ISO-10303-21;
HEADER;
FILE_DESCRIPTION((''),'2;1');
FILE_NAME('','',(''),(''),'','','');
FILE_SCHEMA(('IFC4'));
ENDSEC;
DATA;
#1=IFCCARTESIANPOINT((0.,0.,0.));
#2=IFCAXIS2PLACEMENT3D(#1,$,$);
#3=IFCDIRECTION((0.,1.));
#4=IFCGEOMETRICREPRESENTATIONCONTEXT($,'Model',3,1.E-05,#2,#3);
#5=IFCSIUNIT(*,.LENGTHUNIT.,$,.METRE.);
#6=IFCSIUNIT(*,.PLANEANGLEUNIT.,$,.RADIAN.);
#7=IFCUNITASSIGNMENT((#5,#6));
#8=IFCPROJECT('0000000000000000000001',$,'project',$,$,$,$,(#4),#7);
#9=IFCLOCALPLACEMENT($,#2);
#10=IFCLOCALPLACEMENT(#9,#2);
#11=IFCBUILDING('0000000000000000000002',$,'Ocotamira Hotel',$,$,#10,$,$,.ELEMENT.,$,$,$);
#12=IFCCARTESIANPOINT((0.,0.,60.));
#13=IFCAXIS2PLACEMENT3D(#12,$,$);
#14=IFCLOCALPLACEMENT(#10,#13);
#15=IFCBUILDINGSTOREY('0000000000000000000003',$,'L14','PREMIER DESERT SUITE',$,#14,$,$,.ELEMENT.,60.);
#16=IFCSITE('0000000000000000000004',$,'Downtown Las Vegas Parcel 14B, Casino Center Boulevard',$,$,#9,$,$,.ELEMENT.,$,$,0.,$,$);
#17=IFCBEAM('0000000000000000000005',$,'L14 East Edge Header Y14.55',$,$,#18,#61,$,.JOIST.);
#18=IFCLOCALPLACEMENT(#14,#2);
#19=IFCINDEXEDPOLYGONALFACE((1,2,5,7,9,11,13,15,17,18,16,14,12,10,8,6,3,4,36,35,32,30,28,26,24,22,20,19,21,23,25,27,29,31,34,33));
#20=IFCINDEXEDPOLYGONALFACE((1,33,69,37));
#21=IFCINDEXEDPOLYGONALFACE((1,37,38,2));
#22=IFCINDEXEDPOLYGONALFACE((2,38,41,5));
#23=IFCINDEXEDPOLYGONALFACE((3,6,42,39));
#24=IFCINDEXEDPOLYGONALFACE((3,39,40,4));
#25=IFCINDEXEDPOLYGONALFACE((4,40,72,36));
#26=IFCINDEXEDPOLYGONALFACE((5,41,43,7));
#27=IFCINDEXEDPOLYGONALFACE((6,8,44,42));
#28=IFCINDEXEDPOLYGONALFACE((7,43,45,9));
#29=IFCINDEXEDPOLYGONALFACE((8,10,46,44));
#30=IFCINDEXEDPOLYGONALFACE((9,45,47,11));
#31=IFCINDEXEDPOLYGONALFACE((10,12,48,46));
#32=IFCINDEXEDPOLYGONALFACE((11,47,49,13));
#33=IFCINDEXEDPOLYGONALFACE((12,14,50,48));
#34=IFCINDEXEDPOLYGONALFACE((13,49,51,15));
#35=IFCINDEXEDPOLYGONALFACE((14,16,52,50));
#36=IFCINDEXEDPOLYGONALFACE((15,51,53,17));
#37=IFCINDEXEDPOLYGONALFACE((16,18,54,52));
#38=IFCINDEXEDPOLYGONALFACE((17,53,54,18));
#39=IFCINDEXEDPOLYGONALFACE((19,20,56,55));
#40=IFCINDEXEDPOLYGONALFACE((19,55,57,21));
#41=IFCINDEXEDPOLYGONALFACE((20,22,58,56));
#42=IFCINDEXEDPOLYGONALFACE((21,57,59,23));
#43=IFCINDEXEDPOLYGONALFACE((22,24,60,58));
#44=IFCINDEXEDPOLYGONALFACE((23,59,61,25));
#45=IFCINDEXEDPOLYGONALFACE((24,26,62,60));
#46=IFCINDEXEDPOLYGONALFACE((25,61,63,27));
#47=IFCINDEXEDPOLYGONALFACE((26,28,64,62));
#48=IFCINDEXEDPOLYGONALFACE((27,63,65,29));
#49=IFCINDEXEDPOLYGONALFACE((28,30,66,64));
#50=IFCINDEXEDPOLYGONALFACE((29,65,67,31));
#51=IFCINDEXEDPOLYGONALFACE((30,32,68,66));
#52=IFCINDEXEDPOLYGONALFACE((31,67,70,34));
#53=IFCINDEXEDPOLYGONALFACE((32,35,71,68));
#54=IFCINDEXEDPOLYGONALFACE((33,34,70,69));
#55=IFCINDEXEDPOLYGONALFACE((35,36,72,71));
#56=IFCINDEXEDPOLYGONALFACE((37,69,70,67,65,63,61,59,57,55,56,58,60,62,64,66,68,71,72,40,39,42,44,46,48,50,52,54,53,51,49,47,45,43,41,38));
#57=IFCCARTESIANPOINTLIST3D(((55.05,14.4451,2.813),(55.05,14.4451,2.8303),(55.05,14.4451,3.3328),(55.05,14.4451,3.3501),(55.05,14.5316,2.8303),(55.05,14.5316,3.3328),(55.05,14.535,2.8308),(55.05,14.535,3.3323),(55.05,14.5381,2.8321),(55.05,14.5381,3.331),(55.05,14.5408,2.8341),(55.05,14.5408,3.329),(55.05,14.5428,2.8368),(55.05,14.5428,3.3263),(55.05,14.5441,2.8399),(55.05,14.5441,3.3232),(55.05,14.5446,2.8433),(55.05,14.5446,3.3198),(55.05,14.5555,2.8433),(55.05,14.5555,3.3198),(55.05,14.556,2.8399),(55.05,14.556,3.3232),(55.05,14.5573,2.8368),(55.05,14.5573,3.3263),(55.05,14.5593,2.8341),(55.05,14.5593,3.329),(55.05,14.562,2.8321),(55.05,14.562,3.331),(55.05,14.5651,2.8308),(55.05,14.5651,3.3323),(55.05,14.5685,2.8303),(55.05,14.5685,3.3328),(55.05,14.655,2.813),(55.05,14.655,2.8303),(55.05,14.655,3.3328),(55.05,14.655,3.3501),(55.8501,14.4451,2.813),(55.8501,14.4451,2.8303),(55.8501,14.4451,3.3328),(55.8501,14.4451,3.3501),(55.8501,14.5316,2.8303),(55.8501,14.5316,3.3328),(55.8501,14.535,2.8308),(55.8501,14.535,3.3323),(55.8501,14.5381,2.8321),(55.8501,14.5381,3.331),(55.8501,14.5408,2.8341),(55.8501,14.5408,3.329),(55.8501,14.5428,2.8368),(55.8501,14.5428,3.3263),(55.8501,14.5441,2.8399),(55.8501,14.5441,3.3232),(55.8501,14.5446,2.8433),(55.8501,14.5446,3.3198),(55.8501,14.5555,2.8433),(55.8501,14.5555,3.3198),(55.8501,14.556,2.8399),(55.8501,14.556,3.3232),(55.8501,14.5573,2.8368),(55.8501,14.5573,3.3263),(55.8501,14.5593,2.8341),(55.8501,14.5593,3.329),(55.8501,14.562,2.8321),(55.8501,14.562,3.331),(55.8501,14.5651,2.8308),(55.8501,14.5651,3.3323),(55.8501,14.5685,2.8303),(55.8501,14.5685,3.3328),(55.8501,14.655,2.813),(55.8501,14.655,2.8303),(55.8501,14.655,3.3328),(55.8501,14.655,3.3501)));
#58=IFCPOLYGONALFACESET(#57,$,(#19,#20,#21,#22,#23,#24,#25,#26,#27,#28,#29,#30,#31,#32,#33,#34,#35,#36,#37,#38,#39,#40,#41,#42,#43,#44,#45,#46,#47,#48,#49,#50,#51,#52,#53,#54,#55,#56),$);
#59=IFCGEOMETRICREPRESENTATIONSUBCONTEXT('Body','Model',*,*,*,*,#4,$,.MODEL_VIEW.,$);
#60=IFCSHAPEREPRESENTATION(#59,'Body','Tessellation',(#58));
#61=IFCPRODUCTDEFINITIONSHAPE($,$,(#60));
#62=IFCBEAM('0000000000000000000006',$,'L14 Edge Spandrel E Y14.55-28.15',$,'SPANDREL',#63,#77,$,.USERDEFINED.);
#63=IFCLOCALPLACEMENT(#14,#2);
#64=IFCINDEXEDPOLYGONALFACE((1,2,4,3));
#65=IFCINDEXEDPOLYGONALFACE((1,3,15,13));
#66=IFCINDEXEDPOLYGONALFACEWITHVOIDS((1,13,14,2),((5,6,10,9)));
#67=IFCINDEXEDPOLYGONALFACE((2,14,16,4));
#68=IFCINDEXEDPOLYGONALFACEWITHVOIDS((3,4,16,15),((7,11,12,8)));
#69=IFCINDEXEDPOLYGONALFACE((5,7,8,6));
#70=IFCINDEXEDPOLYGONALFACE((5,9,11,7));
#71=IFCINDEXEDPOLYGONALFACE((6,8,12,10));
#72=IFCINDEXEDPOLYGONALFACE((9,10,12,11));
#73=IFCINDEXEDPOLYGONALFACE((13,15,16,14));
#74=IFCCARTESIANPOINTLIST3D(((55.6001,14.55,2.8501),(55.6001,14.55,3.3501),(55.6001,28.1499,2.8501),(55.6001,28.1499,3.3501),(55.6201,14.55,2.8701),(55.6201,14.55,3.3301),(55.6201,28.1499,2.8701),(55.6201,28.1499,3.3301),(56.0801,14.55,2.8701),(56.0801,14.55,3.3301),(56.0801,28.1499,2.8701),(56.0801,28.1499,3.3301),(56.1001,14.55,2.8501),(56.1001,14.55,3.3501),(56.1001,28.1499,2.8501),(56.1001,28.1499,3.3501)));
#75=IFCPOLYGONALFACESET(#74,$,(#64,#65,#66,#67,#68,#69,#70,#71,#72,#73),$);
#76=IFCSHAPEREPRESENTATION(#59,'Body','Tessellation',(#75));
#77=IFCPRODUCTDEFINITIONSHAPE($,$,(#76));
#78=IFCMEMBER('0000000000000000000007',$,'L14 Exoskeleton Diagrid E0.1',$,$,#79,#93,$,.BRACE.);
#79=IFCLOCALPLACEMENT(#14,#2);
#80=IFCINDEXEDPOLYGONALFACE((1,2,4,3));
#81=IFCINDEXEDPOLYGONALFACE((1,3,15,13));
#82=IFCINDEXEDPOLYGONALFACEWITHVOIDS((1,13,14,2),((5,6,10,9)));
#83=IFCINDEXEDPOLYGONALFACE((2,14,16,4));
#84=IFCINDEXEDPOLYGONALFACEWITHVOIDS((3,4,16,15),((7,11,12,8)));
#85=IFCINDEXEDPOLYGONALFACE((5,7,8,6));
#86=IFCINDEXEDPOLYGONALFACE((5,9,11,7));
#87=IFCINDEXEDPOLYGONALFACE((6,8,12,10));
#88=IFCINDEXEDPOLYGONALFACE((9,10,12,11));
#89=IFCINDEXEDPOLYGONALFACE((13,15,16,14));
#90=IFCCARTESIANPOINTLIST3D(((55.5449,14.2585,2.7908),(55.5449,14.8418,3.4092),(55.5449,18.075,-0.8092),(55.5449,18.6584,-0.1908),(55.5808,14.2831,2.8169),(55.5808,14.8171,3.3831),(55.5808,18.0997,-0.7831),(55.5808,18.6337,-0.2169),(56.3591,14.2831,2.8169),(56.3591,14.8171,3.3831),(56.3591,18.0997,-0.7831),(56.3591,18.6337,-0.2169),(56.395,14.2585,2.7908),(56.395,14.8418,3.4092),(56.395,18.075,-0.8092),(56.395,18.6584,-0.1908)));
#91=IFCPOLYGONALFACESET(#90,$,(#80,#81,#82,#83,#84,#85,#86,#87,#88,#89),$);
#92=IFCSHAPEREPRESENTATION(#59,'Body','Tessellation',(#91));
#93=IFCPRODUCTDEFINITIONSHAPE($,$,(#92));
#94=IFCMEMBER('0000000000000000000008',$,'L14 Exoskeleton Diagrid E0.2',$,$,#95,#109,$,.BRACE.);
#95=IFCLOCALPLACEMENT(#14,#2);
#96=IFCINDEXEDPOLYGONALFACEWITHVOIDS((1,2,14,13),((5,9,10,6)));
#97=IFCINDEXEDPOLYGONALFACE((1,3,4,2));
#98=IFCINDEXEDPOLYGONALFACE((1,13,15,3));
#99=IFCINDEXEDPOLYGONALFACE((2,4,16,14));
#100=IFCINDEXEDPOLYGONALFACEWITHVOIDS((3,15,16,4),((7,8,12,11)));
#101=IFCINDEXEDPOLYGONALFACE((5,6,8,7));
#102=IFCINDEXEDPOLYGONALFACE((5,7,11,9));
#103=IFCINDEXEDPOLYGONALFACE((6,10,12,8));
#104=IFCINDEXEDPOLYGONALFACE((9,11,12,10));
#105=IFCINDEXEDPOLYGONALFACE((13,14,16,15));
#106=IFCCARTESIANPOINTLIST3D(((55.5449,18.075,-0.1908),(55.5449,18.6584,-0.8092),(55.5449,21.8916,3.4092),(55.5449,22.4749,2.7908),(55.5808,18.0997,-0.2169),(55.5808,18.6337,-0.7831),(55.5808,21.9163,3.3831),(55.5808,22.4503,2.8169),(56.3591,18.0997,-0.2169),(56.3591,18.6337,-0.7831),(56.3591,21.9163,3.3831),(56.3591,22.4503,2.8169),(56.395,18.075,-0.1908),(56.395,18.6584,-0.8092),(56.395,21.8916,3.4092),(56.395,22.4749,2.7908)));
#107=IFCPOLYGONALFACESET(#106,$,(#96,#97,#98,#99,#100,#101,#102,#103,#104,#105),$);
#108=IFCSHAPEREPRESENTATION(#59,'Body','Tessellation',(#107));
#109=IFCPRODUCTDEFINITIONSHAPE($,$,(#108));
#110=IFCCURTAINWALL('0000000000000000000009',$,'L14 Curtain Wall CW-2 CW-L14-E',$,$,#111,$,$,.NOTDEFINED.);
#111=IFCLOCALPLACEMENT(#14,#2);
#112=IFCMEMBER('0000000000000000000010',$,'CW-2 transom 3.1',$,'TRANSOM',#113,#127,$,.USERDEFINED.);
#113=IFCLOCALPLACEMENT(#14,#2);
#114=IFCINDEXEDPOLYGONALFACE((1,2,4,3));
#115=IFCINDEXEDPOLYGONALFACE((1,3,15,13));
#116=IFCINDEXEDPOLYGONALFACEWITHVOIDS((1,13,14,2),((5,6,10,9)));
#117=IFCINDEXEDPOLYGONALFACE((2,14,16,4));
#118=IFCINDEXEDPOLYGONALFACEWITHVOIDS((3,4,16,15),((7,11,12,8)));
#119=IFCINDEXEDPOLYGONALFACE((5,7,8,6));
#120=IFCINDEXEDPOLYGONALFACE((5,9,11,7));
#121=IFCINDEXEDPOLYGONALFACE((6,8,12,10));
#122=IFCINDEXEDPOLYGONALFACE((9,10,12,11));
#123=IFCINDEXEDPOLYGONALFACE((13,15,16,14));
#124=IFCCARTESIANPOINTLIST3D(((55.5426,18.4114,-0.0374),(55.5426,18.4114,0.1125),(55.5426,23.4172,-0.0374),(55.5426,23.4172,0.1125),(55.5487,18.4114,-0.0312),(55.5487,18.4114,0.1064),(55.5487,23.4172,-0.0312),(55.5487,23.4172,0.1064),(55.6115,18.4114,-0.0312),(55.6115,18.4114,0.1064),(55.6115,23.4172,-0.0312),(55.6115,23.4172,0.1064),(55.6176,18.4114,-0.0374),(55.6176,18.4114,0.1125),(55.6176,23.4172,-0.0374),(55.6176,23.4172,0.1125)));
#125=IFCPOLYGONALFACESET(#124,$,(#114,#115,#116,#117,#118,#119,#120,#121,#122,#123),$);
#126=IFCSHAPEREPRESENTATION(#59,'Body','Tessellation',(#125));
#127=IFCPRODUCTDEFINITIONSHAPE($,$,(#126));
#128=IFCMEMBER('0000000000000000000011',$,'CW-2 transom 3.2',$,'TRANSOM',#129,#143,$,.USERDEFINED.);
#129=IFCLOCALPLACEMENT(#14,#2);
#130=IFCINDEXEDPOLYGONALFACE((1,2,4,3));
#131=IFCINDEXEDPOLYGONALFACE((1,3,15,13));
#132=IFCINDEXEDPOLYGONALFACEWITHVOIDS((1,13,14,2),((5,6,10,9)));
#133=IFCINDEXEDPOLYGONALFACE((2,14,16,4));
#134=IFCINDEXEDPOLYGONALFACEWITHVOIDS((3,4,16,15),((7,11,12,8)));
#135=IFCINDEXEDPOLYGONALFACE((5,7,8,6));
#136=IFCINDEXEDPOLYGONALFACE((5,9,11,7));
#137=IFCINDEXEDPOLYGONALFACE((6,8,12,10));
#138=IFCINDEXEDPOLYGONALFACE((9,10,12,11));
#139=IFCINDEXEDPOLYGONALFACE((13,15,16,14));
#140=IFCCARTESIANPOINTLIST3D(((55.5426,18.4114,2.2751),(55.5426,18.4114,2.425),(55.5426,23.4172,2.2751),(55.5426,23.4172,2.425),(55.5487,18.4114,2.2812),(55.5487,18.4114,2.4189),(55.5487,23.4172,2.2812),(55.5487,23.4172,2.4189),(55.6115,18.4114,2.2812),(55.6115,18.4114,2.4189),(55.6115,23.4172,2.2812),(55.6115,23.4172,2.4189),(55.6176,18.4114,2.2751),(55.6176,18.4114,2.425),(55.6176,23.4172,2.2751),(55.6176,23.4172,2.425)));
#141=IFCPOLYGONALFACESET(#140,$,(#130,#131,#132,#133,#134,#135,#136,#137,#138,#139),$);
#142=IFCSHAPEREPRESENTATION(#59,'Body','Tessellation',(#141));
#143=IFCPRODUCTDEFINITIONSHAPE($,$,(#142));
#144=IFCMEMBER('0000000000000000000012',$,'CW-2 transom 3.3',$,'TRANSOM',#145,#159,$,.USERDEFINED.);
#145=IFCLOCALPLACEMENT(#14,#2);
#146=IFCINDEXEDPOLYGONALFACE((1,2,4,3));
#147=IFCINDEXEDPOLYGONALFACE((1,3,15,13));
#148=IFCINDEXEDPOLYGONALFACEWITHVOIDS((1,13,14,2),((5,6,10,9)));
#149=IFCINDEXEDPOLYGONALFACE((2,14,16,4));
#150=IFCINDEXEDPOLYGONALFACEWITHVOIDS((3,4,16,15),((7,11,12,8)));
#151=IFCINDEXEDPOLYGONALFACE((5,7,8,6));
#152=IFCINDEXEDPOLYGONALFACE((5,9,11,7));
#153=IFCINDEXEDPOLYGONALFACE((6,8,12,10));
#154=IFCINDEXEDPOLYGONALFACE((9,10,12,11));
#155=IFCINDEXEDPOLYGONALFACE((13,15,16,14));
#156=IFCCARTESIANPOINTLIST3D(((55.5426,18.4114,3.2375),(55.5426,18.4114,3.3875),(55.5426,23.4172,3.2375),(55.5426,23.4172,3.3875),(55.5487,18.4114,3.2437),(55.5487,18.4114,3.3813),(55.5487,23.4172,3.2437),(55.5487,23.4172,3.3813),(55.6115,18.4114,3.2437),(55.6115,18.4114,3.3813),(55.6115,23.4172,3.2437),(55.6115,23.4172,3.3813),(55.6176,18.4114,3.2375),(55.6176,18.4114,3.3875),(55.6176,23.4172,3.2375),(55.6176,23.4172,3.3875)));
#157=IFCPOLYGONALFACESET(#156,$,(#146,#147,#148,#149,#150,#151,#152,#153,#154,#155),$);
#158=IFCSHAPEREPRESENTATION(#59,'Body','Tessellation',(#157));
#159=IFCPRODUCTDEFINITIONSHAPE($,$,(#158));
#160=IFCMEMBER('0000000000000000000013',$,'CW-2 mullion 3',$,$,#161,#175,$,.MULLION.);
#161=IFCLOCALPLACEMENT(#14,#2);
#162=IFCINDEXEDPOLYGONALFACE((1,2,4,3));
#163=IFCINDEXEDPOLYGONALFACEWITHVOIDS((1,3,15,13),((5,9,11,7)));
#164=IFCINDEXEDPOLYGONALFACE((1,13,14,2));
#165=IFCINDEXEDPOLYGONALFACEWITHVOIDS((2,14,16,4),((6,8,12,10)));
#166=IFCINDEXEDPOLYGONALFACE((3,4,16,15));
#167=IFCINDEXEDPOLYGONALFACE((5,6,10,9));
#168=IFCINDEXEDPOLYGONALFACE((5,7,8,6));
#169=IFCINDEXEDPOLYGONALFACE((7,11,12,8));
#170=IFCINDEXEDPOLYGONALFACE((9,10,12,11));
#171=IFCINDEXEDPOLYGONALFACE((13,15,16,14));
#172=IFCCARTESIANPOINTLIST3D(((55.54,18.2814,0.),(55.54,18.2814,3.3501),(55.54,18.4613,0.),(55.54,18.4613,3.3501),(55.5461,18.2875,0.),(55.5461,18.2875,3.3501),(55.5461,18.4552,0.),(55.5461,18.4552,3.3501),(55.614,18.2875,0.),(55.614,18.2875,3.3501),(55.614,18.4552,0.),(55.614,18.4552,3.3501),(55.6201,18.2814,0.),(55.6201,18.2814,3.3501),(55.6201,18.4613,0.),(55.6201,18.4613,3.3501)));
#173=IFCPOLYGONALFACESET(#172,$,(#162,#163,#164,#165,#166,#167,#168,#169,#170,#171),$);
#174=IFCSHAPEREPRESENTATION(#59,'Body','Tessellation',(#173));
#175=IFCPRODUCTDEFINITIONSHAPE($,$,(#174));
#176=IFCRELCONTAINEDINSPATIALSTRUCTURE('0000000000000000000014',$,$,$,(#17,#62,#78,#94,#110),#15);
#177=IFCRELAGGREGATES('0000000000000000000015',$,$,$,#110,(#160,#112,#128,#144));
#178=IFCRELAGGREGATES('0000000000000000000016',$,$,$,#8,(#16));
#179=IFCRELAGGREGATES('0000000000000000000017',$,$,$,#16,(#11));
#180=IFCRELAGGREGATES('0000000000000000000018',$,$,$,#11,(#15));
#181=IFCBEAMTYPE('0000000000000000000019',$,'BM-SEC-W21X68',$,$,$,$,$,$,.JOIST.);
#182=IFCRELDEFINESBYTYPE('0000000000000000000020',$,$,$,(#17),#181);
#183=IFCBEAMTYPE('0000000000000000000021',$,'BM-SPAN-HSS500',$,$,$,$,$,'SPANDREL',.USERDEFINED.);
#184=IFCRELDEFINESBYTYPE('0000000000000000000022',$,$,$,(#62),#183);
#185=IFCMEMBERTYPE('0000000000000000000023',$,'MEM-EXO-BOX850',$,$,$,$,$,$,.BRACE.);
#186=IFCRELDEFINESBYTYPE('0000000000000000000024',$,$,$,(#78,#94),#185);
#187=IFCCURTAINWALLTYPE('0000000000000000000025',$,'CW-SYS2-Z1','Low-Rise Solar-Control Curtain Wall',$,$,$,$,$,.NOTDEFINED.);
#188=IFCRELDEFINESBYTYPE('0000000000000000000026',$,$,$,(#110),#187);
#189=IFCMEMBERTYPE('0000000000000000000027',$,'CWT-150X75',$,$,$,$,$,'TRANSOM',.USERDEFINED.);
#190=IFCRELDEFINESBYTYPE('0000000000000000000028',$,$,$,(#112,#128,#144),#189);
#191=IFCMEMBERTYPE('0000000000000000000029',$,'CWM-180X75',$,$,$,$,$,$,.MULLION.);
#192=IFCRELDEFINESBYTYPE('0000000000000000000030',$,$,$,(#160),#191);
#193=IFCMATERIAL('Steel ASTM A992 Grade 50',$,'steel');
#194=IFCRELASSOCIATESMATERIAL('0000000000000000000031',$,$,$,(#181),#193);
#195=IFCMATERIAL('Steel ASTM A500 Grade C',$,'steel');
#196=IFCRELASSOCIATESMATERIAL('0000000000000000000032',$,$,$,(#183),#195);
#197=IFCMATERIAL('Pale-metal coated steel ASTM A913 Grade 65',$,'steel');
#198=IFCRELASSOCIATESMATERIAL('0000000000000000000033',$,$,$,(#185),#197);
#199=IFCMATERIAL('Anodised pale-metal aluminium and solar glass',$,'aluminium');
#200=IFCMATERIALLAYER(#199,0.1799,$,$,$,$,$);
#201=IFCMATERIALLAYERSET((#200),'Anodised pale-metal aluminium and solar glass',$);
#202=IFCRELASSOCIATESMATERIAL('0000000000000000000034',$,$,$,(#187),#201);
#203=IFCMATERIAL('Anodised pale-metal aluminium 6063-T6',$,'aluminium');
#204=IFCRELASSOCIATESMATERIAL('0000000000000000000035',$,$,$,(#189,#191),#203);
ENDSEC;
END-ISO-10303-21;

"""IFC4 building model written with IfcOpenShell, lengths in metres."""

from ifc_helpers import new_model, si_unit, direction, frame, origin, origin_2d, place, context, subcontext, project, spatial, hollow_rectangle, i_section, extrude, source, transform, mapped, material, layer, layer_set, material_profile, profile_set, type_object, element, aggregate, save


model = new_model("IFC4")

# Units and contexts
model_context = context("Model", 3, precision=1e-05, world=origin(), true_north=direction((0.0, 1.0)))
body_context = subcontext(model_context, "Body", "Model", "MODEL_VIEW")
ifc_project = project(units=[si_unit("LENGTHUNIT", "METRE"), si_unit("PLANEANGLEUNIT", "RADIAN")], contexts=[model_context])

# Site, building, storey
site_placement = place(None, origin())
site = spatial("IfcSite", under=ifc_project, at=site_placement, Name="Downtown Las Vegas Parcel 14B, Casino Center Boulevard", CompositionType="ELEMENT", RefElevation=0.0)
building_placement = place(site_placement, origin())
building = spatial("IfcBuilding", under=site, at=building_placement, Name="Ocotamira Hotel", CompositionType="ELEMENT")
storey_placement = place(building_placement, frame((0.0, 0.0, 60.0)))
storey = spatial("IfcBuildingStorey", under=building, at=storey_placement, Name="L14", Description="PREMIER DESERT SUITE", CompositionType="ELEMENT", Elevation=60.0)

# Beams
ifc_material_1 = material(Name="Steel ASTM A992 Grade 50", Category="steel")
ifc_material_profile_1 = material_profile(ifc_material_1, i_section(OverallWidth=0.21, OverallDepth=0.5371, WebThickness=0.011, FlangeThickness=0.0173, FilletRadius=0.0129, at=origin_2d()), Name="W21X68")
ifc_profile_set_1 = profile_set([ifc_material_profile_1], Name="Steel ASTM A992 Grade 50")
beam_type_1 = type_object("IfcBeamType", Name="BM-SEC-W21X68", PredefinedType="JOIST", material=ifc_profile_set_1)
shared_shape_1 = source(origin(), body_context, "Body", "SweptSolid", [
    extrude(i_section(OverallWidth=0.21, OverallDepth=0.5371, WebThickness=0.011, FlangeThickness=0.0173, FilletRadius=0.0129, at=origin_2d()), origin(), (0.0, 0.0, 1.0), 0.8),
])
beam_1_placement = place(storey_placement, frame((55.05, 14.55, 3.0815), z_axis=(1.0, 0.0, 0.0), x_axis=(0.0, 1.0, 0.0)))
element("IfcBeam", 1, at=beam_1_placement, inside=storey, type_object=beam_type_1, Name="L14 East Edge Header Y14.55", PredefinedType="JOIST", context=body_context, shape_type="MappedRepresentation", body=[
    mapped(shared_shape_1, transform((0.0, 0.0, 0.0), scale=1.0)),
])
ifc_material_2 = material(Name="Steel ASTM A500 Grade C", Category="steel")
ifc_material_profile_2 = material_profile(ifc_material_2, hollow_rectangle(XDim=0.5, YDim=0.5, WallThickness=0.02, at=origin_2d()), Name="HSS500X500X20")
ifc_profile_set_2 = profile_set([ifc_material_profile_2], Name="Steel ASTM A500 Grade C")
beam_type_2 = type_object("IfcBeamType", Name="BM-SPAN-HSS500", ElementType="SPANDREL", PredefinedType="USERDEFINED", material=ifc_profile_set_2)
shared_shape_2 = source(origin(), body_context, "Body", "SweptSolid", [
    extrude(hollow_rectangle(XDim=0.5, YDim=0.5, WallThickness=0.02, at=origin_2d()), origin(), (0.0, 0.0, 1.0), 13.5999),
])
beam_2_placement = place(storey_placement, frame((55.8501, 14.55, 3.1001), z_axis=(0.0, 1.0, 0.0), x_axis=(-1.0, 0.0, 0.0)))
element("IfcBeam", 2, at=beam_2_placement, inside=storey, type_object=beam_type_2, Name="L14 Edge Spandrel E Y14.55-28.15", ObjectType="SPANDREL", PredefinedType="USERDEFINED", context=body_context, shape_type="MappedRepresentation", body=[
    mapped(shared_shape_2, transform((0.0, 0.0, 0.0), scale=1.0)),
])

# Members
ifc_material_3 = material(Name="Pale-metal coated steel ASTM A913 Grade 65", Category="steel")
ifc_material_profile_3 = material_profile(ifc_material_3, hollow_rectangle(XDim=0.8501, YDim=0.8501, WallThickness=0.0359, at=origin_2d()), Name="BOX850X850X36")
ifc_profile_set_3 = profile_set([ifc_material_profile_3], Name="Pale-metal coated steel ASTM A913 Grade 65")
member_type_1 = type_object("IfcMemberType", Name="MEM-EXO-BOX850", PredefinedType="BRACE", material=ifc_profile_set_3)
shared_shape_3 = source(origin(), body_context, "Body", "SweptSolid", [
    extrude(hollow_rectangle(XDim=0.8501, YDim=0.8501, WallThickness=0.0359, at=origin_2d()), origin(), (0.0, 0.0, 1.0), 5.2466),
])
for number, where, z_axis, x_axis, name in (
    (3, (55.97, 18.3667, -0.5), (0.0, -0.727443, 0.686168), (1.0, 0.0, 0.0), "L14 Exoskeleton Diagrid E0.1"),
    (4, (55.97, 18.3667, -0.5), (0.0, 0.727443, 0.686168), (-1.0, 0.0, 0.0), "L14 Exoskeleton Diagrid E0.2"),
):
    element("IfcMember", number, at=place(storey_placement, frame(where, z_axis=z_axis, x_axis=x_axis)), inside=storey, type_object=member_type_1, Name=name, PredefinedType="BRACE", context=body_context, shape_type="MappedRepresentation", body=[
        mapped(shared_shape_3, transform((0.0, 0.0, 0.0), scale=1.0)),
    ])

# Curtain wall, members
ifc_material_4 = material(Name="Anodised pale-metal aluminium and solar glass", Category="aluminium")
ifc_layer_1 = layer(ifc_material_4, 0.1799)
ifc_layer_set_1 = layer_set([ifc_layer_1], Name="Anodised pale-metal aluminium and solar glass")
curtain_wall_type = type_object("IfcCurtainWallType", Name="CW-SYS2-Z1", Description="Low-Rise Solar-Control Curtain Wall", PredefinedType="NOTDEFINED", material=ifc_layer_set_1)
curtain_wall_placement = place(storey_placement, origin())
curtain_wall = element("IfcCurtainWall", 5, at=curtain_wall_placement, inside=storey, type_object=curtain_wall_type, Name="L14 Curtain Wall CW-2 CW-L14-E", PredefinedType="NOTDEFINED")
ifc_material_5 = material(Name="Anodised pale-metal aluminium 6063-T6", Category="aluminium")
ifc_material_profile_4 = material_profile(ifc_material_5, hollow_rectangle(XDim=0.075, YDim=0.1499, WallThickness=0.0061, at=origin_2d()), Name="HSS150X75X6")
ifc_profile_set_4 = profile_set([ifc_material_profile_4], Name="Anodised pale-metal aluminium 6063-T6")
member_type_2 = type_object("IfcMemberType", Name="CWT-150X75", ElementType="TRANSOM", PredefinedType="USERDEFINED", material=ifc_profile_set_4)
shared_shape_4 = source(origin(), body_context, "Body", "SweptSolid", [
    extrude(hollow_rectangle(XDim=0.075, YDim=0.1499, WallThickness=0.0061, at=origin_2d()), origin(), (0.0, 0.0, 1.0), 5.0059),
])
member_1_placement = place(storey_placement, frame((55.5801, 18.4114, 0.0376), z_axis=(0.0, 1.0, 0.0), x_axis=(-1.0, 0.0, 0.0)))
member_1 = element("IfcMember", 6, at=member_1_placement, type_object=member_type_2, Name="CW-2 transom 3.1", ObjectType="TRANSOM", PredefinedType="USERDEFINED", context=body_context, shape_type="MappedRepresentation", body=[
    mapped(shared_shape_4, transform((0.0, 0.0, 0.0), scale=1.0)),
])
member_2_placement = place(storey_placement, frame((55.5801, 18.4114, 2.3501), z_axis=(0.0, 1.0, 0.0), x_axis=(-1.0, 0.0, 0.0)))
member_2 = element("IfcMember", 7, at=member_2_placement, type_object=member_type_2, Name="CW-2 transom 3.2", ObjectType="TRANSOM", PredefinedType="USERDEFINED", context=body_context, shape_type="MappedRepresentation", body=[
    mapped(shared_shape_4, transform((0.0, 0.0, 0.0), scale=1.0)),
])
member_3_placement = place(storey_placement, frame((55.5801, 18.4114, 3.3125), z_axis=(0.0, 1.0, 0.0), x_axis=(-1.0, 0.0, 0.0)))
member_3 = element("IfcMember", 8, at=member_3_placement, type_object=member_type_2, Name="CW-2 transom 3.3", ObjectType="TRANSOM", PredefinedType="USERDEFINED", context=body_context, shape_type="MappedRepresentation", body=[
    mapped(shared_shape_4, transform((0.0, 0.0, 0.0), scale=1.0)),
])
ifc_material_profile_5 = material_profile(ifc_material_5, hollow_rectangle(XDim=0.0801, YDim=0.1799, WallThickness=0.0061, at=origin_2d()), Name="HSS180X80X6")
ifc_profile_set_5 = profile_set([ifc_material_profile_5], Name="Anodised pale-metal aluminium 6063-T6")
member_type_3 = type_object("IfcMemberType", Name="CWM-180X75", PredefinedType="MULLION", material=ifc_profile_set_5)
shared_shape_5 = source(origin(), body_context, "Body", "SweptSolid", [
    extrude(hollow_rectangle(XDim=0.0801, YDim=0.1799, WallThickness=0.0061, at=origin_2d()), origin(), (0.0, 0.0, 1.0), 3.3501),
])
member_4_placement = place(storey_placement, frame((55.5801, 18.3713, 0.0), z_axis=(0.0, 0.0, 1.0), x_axis=(-1.0, 0.0, 0.0)))
member_4 = element("IfcMember", 9, at=member_4_placement, type_object=member_type_3, Name="CW-2 mullion 3", PredefinedType="MULLION", context=body_context, shape_type="MappedRepresentation", body=[
    mapped(shared_shape_5, transform((0.0, 0.0, 0.0), scale=1.0)),
])

aggregate(curtain_wall, [member_4, member_1, member_2, member_3])

save(model, "model.ifc")
